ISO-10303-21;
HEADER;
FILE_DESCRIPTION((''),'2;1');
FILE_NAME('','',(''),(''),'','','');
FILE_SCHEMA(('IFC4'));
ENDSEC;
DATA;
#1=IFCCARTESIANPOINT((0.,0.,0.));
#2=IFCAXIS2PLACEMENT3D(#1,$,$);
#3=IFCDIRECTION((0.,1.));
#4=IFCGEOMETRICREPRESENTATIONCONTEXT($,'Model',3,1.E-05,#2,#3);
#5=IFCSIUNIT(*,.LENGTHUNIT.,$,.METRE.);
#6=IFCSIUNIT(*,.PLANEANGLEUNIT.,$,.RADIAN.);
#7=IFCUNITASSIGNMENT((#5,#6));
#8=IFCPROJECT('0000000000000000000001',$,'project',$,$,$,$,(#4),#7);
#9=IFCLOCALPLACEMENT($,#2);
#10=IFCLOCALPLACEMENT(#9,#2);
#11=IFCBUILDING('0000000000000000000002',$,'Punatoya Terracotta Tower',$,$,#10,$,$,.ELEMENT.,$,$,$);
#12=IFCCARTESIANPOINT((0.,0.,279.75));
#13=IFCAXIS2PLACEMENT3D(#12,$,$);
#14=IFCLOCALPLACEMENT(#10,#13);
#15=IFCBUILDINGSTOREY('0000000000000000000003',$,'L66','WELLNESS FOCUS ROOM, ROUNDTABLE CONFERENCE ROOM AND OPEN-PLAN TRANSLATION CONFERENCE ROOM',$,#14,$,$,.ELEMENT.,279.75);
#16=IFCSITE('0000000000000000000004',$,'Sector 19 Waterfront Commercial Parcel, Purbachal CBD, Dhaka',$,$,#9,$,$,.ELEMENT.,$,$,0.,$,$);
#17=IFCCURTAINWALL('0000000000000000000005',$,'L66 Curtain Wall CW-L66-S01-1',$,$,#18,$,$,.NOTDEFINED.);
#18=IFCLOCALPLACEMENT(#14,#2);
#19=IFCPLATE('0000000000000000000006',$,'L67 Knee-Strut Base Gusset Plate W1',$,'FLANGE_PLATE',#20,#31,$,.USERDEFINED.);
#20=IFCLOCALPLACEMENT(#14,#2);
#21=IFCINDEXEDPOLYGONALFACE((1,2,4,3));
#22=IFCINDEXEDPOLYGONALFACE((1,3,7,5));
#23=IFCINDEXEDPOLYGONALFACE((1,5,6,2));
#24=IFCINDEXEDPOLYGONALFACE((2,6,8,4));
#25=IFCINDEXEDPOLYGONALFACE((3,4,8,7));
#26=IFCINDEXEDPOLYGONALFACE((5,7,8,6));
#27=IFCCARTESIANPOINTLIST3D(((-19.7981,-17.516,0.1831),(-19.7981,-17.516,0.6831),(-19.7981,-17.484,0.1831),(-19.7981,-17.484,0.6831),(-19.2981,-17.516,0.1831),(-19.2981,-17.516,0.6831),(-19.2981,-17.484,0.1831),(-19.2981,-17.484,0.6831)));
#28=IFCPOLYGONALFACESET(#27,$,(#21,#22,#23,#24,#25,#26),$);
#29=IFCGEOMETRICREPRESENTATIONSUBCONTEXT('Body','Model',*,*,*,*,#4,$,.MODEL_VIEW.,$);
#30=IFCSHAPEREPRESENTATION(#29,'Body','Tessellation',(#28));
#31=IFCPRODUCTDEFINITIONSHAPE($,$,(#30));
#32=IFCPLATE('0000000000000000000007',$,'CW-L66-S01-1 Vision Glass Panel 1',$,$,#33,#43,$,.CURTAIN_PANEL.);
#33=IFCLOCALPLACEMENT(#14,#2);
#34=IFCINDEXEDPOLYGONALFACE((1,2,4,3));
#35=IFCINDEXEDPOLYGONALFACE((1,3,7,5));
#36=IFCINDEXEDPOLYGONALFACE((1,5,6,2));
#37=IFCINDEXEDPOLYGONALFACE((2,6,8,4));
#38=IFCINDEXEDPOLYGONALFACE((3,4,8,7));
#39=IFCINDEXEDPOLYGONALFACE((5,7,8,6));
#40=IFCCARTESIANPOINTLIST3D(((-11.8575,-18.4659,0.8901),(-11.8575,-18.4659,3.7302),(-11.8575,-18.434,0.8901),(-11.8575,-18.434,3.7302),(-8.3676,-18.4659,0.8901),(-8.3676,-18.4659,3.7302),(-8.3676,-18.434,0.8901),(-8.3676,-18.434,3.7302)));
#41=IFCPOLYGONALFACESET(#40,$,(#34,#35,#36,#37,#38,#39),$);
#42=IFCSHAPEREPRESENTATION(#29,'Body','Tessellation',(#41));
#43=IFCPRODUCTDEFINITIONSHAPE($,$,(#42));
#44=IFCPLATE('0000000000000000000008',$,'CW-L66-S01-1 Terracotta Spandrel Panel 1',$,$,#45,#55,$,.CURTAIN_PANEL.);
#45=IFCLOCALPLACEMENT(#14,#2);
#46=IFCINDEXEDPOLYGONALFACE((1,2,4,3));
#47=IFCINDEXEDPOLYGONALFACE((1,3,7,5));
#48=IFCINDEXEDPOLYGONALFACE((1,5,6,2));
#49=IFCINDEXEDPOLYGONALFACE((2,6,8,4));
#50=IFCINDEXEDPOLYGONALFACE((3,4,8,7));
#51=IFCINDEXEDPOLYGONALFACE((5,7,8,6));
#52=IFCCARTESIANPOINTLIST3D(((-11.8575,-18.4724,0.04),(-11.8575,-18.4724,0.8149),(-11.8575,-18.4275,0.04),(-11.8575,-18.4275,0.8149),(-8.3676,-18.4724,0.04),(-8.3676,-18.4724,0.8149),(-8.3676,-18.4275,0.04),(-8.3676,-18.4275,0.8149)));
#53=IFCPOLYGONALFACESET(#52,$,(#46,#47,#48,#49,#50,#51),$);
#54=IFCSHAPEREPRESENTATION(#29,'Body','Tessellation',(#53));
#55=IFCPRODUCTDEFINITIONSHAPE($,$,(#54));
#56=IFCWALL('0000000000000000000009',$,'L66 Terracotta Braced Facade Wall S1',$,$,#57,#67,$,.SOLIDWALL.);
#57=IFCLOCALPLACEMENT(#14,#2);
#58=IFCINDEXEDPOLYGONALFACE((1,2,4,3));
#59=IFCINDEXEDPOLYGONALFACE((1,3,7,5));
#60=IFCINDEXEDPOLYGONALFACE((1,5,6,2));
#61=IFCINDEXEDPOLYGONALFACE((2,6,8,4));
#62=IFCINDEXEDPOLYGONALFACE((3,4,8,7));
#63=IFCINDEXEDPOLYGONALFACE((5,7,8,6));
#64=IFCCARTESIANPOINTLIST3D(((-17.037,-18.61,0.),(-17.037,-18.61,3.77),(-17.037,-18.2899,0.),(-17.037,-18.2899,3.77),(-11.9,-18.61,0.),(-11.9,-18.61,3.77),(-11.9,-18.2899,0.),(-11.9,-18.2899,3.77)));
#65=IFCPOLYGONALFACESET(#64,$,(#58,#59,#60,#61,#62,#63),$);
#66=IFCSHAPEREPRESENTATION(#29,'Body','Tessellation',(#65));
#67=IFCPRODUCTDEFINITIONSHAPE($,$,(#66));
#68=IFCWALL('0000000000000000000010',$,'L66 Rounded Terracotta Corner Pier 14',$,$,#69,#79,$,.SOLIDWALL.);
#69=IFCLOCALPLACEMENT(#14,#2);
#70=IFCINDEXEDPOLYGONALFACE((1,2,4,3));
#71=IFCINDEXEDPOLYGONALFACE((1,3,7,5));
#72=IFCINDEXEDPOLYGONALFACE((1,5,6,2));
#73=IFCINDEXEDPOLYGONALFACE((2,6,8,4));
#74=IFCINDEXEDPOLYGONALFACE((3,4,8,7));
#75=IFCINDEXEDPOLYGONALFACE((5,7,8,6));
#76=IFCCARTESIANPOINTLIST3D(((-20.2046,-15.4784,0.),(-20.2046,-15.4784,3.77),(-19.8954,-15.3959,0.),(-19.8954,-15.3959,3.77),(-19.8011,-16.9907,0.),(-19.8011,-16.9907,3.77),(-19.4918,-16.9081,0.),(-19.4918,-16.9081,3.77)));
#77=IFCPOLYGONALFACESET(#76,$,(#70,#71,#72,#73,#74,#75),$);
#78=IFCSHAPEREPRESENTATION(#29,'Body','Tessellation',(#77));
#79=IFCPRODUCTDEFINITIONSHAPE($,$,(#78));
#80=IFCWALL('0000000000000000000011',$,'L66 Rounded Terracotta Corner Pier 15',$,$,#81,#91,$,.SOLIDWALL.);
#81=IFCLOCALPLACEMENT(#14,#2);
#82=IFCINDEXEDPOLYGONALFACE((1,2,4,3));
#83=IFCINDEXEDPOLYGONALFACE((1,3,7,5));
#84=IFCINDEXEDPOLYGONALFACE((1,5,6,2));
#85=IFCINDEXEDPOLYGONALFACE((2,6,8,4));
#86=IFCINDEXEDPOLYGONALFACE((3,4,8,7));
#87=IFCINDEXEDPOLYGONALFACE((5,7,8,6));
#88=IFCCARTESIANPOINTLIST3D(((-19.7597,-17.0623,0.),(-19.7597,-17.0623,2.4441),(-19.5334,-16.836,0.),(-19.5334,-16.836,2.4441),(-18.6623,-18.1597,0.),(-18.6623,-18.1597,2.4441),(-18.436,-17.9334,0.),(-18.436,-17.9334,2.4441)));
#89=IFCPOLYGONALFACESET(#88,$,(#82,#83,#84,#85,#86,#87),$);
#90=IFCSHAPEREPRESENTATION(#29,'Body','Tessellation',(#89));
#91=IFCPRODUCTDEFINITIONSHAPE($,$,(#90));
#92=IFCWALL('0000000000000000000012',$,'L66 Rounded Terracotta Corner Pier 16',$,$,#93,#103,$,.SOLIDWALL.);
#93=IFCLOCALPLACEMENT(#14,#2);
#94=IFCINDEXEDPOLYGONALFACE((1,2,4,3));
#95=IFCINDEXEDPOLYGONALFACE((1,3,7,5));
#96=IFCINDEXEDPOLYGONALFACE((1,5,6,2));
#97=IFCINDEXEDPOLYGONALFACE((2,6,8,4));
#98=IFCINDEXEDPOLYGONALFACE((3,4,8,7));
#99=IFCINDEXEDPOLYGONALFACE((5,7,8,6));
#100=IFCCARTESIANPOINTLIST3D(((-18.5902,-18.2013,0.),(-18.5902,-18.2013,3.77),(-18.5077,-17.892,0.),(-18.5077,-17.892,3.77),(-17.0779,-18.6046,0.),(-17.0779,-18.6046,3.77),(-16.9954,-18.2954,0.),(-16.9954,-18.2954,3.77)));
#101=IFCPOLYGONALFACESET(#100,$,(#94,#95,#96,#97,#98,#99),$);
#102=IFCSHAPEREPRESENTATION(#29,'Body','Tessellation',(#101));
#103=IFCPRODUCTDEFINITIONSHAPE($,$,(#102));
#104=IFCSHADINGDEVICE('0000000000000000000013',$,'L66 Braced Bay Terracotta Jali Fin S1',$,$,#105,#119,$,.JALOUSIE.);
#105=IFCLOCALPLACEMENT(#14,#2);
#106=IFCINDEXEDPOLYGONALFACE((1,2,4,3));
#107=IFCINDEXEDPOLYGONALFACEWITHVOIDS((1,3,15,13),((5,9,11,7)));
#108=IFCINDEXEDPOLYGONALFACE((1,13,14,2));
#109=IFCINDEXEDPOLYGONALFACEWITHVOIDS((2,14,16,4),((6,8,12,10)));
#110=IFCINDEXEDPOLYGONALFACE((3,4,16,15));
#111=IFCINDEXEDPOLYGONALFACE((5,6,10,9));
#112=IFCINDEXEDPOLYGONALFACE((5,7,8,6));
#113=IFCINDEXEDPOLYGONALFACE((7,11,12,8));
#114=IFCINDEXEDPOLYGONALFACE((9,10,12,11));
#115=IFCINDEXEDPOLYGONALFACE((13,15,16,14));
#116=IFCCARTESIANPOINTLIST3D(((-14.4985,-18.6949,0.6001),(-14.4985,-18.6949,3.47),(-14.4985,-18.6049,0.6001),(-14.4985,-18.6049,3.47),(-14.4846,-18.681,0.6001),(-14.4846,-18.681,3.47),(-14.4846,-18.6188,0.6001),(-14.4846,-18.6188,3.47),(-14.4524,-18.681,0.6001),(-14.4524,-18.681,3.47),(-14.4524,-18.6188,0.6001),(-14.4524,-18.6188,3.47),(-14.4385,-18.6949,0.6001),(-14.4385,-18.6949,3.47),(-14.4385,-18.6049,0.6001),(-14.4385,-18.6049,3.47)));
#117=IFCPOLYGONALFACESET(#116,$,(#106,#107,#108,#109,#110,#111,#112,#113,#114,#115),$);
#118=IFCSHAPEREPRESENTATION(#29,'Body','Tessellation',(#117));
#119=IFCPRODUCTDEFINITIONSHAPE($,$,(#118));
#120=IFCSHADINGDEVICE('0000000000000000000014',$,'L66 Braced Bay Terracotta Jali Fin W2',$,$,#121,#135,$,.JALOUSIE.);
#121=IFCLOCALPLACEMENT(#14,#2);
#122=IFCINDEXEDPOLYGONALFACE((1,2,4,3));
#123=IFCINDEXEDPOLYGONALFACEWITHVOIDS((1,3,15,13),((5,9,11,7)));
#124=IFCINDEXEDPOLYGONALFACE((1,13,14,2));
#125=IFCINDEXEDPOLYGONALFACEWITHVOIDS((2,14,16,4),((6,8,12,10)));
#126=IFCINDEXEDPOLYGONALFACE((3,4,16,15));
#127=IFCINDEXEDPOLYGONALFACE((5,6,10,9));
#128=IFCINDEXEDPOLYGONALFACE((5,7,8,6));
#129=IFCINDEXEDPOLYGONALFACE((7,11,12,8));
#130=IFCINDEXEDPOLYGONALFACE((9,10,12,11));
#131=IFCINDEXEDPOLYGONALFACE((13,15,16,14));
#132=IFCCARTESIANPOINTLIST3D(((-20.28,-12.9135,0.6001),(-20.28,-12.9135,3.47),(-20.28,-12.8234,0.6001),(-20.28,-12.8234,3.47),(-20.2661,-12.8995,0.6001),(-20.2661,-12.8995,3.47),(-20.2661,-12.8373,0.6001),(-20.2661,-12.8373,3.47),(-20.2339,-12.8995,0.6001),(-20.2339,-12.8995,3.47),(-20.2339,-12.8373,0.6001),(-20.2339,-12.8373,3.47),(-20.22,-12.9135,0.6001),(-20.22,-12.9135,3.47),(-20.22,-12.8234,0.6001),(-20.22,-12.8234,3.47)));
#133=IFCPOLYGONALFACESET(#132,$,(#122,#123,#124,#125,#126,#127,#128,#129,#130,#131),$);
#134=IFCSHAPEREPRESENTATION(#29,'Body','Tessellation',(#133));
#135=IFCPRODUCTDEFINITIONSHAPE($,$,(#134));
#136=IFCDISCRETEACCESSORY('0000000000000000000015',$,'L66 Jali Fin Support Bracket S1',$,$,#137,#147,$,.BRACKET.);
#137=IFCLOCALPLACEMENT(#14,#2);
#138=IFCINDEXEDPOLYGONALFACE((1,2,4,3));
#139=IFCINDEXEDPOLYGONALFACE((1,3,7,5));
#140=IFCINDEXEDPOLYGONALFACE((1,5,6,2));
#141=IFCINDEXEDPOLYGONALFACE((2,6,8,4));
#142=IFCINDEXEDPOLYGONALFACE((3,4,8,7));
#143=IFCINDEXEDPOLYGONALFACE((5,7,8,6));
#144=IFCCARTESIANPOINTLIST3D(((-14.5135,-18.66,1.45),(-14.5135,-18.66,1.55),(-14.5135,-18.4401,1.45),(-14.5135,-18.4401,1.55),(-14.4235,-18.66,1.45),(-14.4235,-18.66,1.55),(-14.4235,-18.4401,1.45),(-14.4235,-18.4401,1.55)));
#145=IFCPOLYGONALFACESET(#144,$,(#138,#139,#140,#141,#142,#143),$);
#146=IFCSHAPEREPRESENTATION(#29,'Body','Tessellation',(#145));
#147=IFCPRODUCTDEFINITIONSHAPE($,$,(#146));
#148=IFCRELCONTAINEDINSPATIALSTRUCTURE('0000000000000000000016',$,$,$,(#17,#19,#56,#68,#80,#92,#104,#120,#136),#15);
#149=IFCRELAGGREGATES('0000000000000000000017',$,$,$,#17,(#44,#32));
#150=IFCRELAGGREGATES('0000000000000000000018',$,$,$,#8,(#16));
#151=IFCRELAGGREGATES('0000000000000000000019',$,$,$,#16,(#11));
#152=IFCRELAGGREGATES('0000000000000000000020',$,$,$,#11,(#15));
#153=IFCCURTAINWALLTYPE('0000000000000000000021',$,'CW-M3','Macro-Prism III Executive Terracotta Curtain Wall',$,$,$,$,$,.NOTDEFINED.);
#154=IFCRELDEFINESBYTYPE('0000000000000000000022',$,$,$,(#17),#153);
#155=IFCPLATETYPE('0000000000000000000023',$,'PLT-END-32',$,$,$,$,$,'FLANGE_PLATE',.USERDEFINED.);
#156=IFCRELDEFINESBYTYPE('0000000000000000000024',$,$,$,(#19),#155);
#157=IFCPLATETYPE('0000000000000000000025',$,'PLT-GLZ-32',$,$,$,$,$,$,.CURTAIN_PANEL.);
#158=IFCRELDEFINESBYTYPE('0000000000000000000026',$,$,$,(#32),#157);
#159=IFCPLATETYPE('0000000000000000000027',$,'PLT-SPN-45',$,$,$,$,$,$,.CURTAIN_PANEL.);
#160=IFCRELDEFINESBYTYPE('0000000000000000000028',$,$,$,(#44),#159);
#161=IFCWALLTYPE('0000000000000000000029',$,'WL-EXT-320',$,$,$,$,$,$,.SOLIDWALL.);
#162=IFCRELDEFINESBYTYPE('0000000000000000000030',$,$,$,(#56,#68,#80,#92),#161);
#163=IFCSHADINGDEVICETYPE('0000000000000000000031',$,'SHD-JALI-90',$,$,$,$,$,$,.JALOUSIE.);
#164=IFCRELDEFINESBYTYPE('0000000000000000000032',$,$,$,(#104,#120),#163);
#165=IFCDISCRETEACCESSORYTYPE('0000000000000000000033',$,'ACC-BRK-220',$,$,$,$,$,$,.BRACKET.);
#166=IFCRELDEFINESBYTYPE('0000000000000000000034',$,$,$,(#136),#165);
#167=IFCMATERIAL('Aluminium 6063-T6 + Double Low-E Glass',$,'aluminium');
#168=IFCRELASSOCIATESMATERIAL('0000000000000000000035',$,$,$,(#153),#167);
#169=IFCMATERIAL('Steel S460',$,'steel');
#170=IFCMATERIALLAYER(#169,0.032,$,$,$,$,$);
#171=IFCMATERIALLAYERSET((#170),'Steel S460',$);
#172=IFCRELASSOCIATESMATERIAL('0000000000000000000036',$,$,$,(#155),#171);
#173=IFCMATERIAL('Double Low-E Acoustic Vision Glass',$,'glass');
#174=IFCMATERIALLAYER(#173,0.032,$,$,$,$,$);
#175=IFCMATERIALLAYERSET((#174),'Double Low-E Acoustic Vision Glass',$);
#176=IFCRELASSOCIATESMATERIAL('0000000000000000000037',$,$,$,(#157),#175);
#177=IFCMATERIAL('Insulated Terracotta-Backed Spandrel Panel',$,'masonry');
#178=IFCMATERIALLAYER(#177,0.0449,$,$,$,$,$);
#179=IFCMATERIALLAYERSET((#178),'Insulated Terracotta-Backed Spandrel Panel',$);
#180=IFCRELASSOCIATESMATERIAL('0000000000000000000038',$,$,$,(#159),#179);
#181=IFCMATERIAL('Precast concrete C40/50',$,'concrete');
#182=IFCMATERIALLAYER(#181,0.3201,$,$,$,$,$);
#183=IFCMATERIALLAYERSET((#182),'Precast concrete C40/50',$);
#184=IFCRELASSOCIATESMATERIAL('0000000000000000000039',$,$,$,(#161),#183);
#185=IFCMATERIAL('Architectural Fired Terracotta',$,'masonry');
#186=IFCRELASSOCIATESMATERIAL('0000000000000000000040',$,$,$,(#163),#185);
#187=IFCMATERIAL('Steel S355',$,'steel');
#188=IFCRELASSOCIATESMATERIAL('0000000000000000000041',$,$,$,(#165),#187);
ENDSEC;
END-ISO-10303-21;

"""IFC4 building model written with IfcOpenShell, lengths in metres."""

from ifc_helpers import new_model, si_unit, direction, frame, frame_2d, origin, origin_2d, place, context, subcontext, project, spatial, rectangle, hollow_rectangle, extrude, material, layer, layer_set, material_profile, profile_set, type_object, element, aggregate, save


model = new_model("IFC4")

# Units and contexts
model_context = context("Model", 3, precision=1e-05, world=origin(), true_north=direction((0.0, 1.0)))
body_context = subcontext(model_context, "Body", "Model", "MODEL_VIEW")
ifc_project = project(units=[si_unit("LENGTHUNIT", "METRE"), si_unit("PLANEANGLEUNIT", "RADIAN")], contexts=[model_context])

# Site, building, storey
site_placement = place(None, origin())
site = spatial("IfcSite", under=ifc_project, at=site_placement, Name="Sector 19 Waterfront Commercial Parcel, Purbachal CBD, Dhaka", CompositionType="ELEMENT", RefElevation=0.0)
building_placement = place(site_placement, origin())
building = spatial("IfcBuilding", under=site, at=building_placement, Name="Punatoya Terracotta Tower", CompositionType="ELEMENT")
storey_placement = place(building_placement, frame((0.0, 0.0, 279.75)))
storey = spatial("IfcBuildingStorey", under=building, at=storey_placement, Name="L66", Description="WELLNESS FOCUS ROOM, ROUNDTABLE CONFERENCE ROOM AND OPEN-PLAN TRANSLATION CONFERENCE ROOM", CompositionType="ELEMENT", Elevation=279.75)

# Shared definitions
ifc_material_1 = material(Name="Steel S460", Category="steel")

# Shared definitions
ifc_material_2 = material(Name="Steel S355", Category="steel")

# Curtain wall
ifc_material_3 = material(Name="Aluminium 6063-T6 + Double Low-E Glass", Category="aluminium")
curtain_wall_type = type_object("IfcCurtainWallType", Name="CW-M3", Description="Macro-Prism III Executive Terracotta Curtain Wall", PredefinedType="NOTDEFINED", material=ifc_material_3)
curtain_wall_placement = place(storey_placement, origin())
curtain_wall = element("IfcCurtainWall", 1, at=curtain_wall_placement, inside=storey, type_object=curtain_wall_type, Name="L66 Curtain Wall CW-L66-S01-1", PredefinedType="NOTDEFINED")

# Plates
ifc_layer_1 = layer(ifc_material_1, 0.032)
ifc_layer_set_1 = layer_set([ifc_layer_1], Name="Steel S460")
plate_type_1 = type_object("IfcPlateType", Name="PLT-END-32", ElementType="FLANGE_PLATE", PredefinedType="USERDEFINED", material=ifc_layer_set_1)
plate_1_placement = place(storey_placement, frame((-19.5481, -17.5, 0.1831), z_axis=(0.0, 0.0, 1.0), x_axis=(1.0, 0.0, 0.0)))
element("IfcPlate", 2, at=plate_1_placement, inside=storey, type_object=plate_type_1, Name="L67 Knee-Strut Base Gusset Plate W1", ObjectType="FLANGE_PLATE", PredefinedType="USERDEFINED", context=body_context, shape_type="SweptSolid", body=[
    extrude(rectangle(XDim=0.5, YDim=0.032, at=origin_2d()), origin(), (0.0, 0.0, 1.0), 0.5),
])
ifc_material_4 = material(Name="Double Low-E Acoustic Vision Glass", Category="glass")
ifc_layer_2 = layer(ifc_material_4, 0.032)
ifc_layer_set_2 = layer_set([ifc_layer_2], Name="Double Low-E Acoustic Vision Glass")
plate_type_2 = type_object("IfcPlateType", Name="PLT-GLZ-32", PredefinedType="CURTAIN_PANEL", material=ifc_layer_set_2)
plate_2_placement = place(storey_placement, frame((-10.1125, -18.45, 0.8901), z_axis=(0.0, 0.0, 1.0), x_axis=(1.0, 0.0, 0.0)))
plate_2 = element("IfcPlate", 3, at=plate_2_placement, type_object=plate_type_2, Name="CW-L66-S01-1 Vision Glass Panel 1", PredefinedType="CURTAIN_PANEL", context=body_context, shape_type="SweptSolid", body=[
    extrude(rectangle(XDim=3.49, YDim=0.032, at=origin_2d()), origin(), (0.0, 0.0, 1.0), 2.8401),
])
ifc_material_5 = material(Name="Insulated Terracotta-Backed Spandrel Panel", Category="masonry")
ifc_layer_3 = layer(ifc_material_5, 0.0449)
ifc_layer_set_3 = layer_set([ifc_layer_3], Name="Insulated Terracotta-Backed Spandrel Panel")
plate_type_3 = type_object("IfcPlateType", Name="PLT-SPN-45", PredefinedType="CURTAIN_PANEL", material=ifc_layer_set_3)
plate_3_placement = place(storey_placement, frame((-10.1125, -18.45, 0.04), z_axis=(0.0, 0.0, 1.0), x_axis=(1.0, 0.0, 0.0)))
plate_3 = element("IfcPlate", 4, at=plate_3_placement, type_object=plate_type_3, Name="CW-L66-S01-1 Terracotta Spandrel Panel 1", PredefinedType="CURTAIN_PANEL", context=body_context, shape_type="SweptSolid", body=[
    extrude(rectangle(XDim=3.49, YDim=0.0449, at=origin_2d()), origin(), (0.0, 0.0, 1.0), 0.7749),
])
aggregate(curtain_wall, [plate_3, plate_2])

# Walls
ifc_material_6 = material(Name="Precast concrete C40/50", Category="concrete")
ifc_layer_4 = layer(ifc_material_6, 0.3201)
ifc_layer_set_4 = layer_set([ifc_layer_4], Name="Precast concrete C40/50")
wall_type = type_object("IfcWallType", Name="WL-EXT-320", PredefinedType="SOLIDWALL", material=ifc_layer_set_4)
wall_1_placement = place(storey_placement, frame((-17.0369, -18.45, 0.0), z_axis=(0.0, 0.0, 1.0), x_axis=(1.0, 0.0, 0.0)))
element("IfcWall", 5, at=wall_1_placement, inside=storey, type_object=wall_type, Name="L66 Terracotta Braced Facade Wall S1", PredefinedType="SOLIDWALL", context=body_context, shape_type="SweptSolid", body=[
    extrude(rectangle(XDim=5.137, YDim=0.3201, at=frame_2d((2.5684, 0.0))), origin(), (0.0, 0.0, 1.0), 3.77),
])
wall_2_placement = place(storey_placement, frame((-20.05, -15.437, 0.0), z_axis=(0.0, 0.0, 1.0), x_axis=(0.257847, -0.966186, 0.0)))
element("IfcWall", 6, at=wall_2_placement, inside=storey, type_object=wall_type, Name="L66 Rounded Terracotta Corner Pier 14", PredefinedType="SOLIDWALL", context=body_context, shape_type="SweptSolid", body=[
    extrude(rectangle(XDim=1.5652, YDim=0.3201, at=frame_2d((0.7827, 0.0))), origin(), (0.0, 0.0, 1.0), 3.77),
])
wall_3_placement = place(storey_placement, frame((-19.6465, -16.9492, 0.0), z_axis=(0.0, 0.0, 1.0), x_axis=(0.707107, -0.707107, 0.0)))
element("IfcWall", 7, at=wall_3_placement, inside=storey, type_object=wall_type, Name="L66 Rounded Terracotta Corner Pier 15", PredefinedType="SOLIDWALL", context=body_context, shape_type="SweptSolid", body=[
    extrude(rectangle(XDim=1.552, YDim=0.3201, at=frame_2d((0.7759, 0.0))), origin(), (0.0, 0.0, 1.0), 2.4441),
])
wall_4_placement = place(storey_placement, frame((-18.5491, -18.0466, 0.0), z_axis=(0.0, 0.0, 1.0), x_axis=(0.966225, -0.257701, 0.0)))
element("IfcWall", 8, at=wall_4_placement, inside=storey, type_object=wall_type, Name="L66 Rounded Terracotta Corner Pier 16", PredefinedType="SOLIDWALL", context=body_context, shape_type="SweptSolid", body=[
    extrude(rectangle(XDim=1.5652, YDim=0.3201, at=frame_2d((0.7827, 0.0))), origin(), (0.0, 0.0, 1.0), 3.77),
])

# Shading devices
ifc_material_7 = material(Name="Architectural Fired Terracotta", Category="masonry")
ifc_material_profile_1 = material_profile(ifc_material_7, hollow_rectangle(XDim=0.0601, YDim=0.0901, WallThickness=0.0139, at=origin_2d()))
ifc_profile_set_1 = profile_set([ifc_material_profile_1], Name="Architectural Fired Terracotta")
shading_device_type = type_object("IfcShadingDeviceType", Name="SHD-JALI-90", PredefinedType="JALOUSIE", material=ifc_profile_set_1)
for number, where, z_axis, x_axis, name in (
    (9, (-14.4685, -18.6499, 0.6001), (0.0, 0.0, 1.0), (1.0, 0.0, 0.0), "L66 Braced Bay Terracotta Jali Fin S1"),
    (10, (-20.25, -12.8684, 0.6001), (0.0, 0.0, 1.0), (1.0, 0.0, 0.0), "L66 Braced Bay Terracotta Jali Fin W2"),
):
    element("IfcShadingDevice", number, at=place(storey_placement, frame(where, z_axis=z_axis, x_axis=x_axis)), inside=storey, type_object=shading_device_type, Name=name, PredefinedType="JALOUSIE", context=body_context, shape_type="SweptSolid", body=[
        extrude(hollow_rectangle(XDim=0.0601, YDim=0.0901, WallThickness=0.0139, at=origin_2d()), origin(), (0.0, 0.0, 1.0), 2.8699),
    ])

# Discrete accessory
discrete_accessory_type = type_object("IfcDiscreteAccessoryType", Name="ACC-BRK-220", PredefinedType="BRACKET", material=ifc_material_2)
discrete_accessory_placement = place(storey_placement, frame((-14.4685, -18.55, 1.45), z_axis=(0.0, 0.0, 1.0), x_axis=(1.0, 0.0, 0.0)))
element("IfcDiscreteAccessory", 11, at=discrete_accessory_placement, inside=storey, type_object=discrete_accessory_type, Name="L66 Jali Fin Support Bracket S1", PredefinedType="BRACKET", context=body_context, shape_type="SweptSolid", body=[
    extrude(rectangle(XDim=0.0901, YDim=0.22, at=origin_2d()), origin(), (0.0, 0.0, 1.0), 0.1001),
])

save(model, "model.ifc")
